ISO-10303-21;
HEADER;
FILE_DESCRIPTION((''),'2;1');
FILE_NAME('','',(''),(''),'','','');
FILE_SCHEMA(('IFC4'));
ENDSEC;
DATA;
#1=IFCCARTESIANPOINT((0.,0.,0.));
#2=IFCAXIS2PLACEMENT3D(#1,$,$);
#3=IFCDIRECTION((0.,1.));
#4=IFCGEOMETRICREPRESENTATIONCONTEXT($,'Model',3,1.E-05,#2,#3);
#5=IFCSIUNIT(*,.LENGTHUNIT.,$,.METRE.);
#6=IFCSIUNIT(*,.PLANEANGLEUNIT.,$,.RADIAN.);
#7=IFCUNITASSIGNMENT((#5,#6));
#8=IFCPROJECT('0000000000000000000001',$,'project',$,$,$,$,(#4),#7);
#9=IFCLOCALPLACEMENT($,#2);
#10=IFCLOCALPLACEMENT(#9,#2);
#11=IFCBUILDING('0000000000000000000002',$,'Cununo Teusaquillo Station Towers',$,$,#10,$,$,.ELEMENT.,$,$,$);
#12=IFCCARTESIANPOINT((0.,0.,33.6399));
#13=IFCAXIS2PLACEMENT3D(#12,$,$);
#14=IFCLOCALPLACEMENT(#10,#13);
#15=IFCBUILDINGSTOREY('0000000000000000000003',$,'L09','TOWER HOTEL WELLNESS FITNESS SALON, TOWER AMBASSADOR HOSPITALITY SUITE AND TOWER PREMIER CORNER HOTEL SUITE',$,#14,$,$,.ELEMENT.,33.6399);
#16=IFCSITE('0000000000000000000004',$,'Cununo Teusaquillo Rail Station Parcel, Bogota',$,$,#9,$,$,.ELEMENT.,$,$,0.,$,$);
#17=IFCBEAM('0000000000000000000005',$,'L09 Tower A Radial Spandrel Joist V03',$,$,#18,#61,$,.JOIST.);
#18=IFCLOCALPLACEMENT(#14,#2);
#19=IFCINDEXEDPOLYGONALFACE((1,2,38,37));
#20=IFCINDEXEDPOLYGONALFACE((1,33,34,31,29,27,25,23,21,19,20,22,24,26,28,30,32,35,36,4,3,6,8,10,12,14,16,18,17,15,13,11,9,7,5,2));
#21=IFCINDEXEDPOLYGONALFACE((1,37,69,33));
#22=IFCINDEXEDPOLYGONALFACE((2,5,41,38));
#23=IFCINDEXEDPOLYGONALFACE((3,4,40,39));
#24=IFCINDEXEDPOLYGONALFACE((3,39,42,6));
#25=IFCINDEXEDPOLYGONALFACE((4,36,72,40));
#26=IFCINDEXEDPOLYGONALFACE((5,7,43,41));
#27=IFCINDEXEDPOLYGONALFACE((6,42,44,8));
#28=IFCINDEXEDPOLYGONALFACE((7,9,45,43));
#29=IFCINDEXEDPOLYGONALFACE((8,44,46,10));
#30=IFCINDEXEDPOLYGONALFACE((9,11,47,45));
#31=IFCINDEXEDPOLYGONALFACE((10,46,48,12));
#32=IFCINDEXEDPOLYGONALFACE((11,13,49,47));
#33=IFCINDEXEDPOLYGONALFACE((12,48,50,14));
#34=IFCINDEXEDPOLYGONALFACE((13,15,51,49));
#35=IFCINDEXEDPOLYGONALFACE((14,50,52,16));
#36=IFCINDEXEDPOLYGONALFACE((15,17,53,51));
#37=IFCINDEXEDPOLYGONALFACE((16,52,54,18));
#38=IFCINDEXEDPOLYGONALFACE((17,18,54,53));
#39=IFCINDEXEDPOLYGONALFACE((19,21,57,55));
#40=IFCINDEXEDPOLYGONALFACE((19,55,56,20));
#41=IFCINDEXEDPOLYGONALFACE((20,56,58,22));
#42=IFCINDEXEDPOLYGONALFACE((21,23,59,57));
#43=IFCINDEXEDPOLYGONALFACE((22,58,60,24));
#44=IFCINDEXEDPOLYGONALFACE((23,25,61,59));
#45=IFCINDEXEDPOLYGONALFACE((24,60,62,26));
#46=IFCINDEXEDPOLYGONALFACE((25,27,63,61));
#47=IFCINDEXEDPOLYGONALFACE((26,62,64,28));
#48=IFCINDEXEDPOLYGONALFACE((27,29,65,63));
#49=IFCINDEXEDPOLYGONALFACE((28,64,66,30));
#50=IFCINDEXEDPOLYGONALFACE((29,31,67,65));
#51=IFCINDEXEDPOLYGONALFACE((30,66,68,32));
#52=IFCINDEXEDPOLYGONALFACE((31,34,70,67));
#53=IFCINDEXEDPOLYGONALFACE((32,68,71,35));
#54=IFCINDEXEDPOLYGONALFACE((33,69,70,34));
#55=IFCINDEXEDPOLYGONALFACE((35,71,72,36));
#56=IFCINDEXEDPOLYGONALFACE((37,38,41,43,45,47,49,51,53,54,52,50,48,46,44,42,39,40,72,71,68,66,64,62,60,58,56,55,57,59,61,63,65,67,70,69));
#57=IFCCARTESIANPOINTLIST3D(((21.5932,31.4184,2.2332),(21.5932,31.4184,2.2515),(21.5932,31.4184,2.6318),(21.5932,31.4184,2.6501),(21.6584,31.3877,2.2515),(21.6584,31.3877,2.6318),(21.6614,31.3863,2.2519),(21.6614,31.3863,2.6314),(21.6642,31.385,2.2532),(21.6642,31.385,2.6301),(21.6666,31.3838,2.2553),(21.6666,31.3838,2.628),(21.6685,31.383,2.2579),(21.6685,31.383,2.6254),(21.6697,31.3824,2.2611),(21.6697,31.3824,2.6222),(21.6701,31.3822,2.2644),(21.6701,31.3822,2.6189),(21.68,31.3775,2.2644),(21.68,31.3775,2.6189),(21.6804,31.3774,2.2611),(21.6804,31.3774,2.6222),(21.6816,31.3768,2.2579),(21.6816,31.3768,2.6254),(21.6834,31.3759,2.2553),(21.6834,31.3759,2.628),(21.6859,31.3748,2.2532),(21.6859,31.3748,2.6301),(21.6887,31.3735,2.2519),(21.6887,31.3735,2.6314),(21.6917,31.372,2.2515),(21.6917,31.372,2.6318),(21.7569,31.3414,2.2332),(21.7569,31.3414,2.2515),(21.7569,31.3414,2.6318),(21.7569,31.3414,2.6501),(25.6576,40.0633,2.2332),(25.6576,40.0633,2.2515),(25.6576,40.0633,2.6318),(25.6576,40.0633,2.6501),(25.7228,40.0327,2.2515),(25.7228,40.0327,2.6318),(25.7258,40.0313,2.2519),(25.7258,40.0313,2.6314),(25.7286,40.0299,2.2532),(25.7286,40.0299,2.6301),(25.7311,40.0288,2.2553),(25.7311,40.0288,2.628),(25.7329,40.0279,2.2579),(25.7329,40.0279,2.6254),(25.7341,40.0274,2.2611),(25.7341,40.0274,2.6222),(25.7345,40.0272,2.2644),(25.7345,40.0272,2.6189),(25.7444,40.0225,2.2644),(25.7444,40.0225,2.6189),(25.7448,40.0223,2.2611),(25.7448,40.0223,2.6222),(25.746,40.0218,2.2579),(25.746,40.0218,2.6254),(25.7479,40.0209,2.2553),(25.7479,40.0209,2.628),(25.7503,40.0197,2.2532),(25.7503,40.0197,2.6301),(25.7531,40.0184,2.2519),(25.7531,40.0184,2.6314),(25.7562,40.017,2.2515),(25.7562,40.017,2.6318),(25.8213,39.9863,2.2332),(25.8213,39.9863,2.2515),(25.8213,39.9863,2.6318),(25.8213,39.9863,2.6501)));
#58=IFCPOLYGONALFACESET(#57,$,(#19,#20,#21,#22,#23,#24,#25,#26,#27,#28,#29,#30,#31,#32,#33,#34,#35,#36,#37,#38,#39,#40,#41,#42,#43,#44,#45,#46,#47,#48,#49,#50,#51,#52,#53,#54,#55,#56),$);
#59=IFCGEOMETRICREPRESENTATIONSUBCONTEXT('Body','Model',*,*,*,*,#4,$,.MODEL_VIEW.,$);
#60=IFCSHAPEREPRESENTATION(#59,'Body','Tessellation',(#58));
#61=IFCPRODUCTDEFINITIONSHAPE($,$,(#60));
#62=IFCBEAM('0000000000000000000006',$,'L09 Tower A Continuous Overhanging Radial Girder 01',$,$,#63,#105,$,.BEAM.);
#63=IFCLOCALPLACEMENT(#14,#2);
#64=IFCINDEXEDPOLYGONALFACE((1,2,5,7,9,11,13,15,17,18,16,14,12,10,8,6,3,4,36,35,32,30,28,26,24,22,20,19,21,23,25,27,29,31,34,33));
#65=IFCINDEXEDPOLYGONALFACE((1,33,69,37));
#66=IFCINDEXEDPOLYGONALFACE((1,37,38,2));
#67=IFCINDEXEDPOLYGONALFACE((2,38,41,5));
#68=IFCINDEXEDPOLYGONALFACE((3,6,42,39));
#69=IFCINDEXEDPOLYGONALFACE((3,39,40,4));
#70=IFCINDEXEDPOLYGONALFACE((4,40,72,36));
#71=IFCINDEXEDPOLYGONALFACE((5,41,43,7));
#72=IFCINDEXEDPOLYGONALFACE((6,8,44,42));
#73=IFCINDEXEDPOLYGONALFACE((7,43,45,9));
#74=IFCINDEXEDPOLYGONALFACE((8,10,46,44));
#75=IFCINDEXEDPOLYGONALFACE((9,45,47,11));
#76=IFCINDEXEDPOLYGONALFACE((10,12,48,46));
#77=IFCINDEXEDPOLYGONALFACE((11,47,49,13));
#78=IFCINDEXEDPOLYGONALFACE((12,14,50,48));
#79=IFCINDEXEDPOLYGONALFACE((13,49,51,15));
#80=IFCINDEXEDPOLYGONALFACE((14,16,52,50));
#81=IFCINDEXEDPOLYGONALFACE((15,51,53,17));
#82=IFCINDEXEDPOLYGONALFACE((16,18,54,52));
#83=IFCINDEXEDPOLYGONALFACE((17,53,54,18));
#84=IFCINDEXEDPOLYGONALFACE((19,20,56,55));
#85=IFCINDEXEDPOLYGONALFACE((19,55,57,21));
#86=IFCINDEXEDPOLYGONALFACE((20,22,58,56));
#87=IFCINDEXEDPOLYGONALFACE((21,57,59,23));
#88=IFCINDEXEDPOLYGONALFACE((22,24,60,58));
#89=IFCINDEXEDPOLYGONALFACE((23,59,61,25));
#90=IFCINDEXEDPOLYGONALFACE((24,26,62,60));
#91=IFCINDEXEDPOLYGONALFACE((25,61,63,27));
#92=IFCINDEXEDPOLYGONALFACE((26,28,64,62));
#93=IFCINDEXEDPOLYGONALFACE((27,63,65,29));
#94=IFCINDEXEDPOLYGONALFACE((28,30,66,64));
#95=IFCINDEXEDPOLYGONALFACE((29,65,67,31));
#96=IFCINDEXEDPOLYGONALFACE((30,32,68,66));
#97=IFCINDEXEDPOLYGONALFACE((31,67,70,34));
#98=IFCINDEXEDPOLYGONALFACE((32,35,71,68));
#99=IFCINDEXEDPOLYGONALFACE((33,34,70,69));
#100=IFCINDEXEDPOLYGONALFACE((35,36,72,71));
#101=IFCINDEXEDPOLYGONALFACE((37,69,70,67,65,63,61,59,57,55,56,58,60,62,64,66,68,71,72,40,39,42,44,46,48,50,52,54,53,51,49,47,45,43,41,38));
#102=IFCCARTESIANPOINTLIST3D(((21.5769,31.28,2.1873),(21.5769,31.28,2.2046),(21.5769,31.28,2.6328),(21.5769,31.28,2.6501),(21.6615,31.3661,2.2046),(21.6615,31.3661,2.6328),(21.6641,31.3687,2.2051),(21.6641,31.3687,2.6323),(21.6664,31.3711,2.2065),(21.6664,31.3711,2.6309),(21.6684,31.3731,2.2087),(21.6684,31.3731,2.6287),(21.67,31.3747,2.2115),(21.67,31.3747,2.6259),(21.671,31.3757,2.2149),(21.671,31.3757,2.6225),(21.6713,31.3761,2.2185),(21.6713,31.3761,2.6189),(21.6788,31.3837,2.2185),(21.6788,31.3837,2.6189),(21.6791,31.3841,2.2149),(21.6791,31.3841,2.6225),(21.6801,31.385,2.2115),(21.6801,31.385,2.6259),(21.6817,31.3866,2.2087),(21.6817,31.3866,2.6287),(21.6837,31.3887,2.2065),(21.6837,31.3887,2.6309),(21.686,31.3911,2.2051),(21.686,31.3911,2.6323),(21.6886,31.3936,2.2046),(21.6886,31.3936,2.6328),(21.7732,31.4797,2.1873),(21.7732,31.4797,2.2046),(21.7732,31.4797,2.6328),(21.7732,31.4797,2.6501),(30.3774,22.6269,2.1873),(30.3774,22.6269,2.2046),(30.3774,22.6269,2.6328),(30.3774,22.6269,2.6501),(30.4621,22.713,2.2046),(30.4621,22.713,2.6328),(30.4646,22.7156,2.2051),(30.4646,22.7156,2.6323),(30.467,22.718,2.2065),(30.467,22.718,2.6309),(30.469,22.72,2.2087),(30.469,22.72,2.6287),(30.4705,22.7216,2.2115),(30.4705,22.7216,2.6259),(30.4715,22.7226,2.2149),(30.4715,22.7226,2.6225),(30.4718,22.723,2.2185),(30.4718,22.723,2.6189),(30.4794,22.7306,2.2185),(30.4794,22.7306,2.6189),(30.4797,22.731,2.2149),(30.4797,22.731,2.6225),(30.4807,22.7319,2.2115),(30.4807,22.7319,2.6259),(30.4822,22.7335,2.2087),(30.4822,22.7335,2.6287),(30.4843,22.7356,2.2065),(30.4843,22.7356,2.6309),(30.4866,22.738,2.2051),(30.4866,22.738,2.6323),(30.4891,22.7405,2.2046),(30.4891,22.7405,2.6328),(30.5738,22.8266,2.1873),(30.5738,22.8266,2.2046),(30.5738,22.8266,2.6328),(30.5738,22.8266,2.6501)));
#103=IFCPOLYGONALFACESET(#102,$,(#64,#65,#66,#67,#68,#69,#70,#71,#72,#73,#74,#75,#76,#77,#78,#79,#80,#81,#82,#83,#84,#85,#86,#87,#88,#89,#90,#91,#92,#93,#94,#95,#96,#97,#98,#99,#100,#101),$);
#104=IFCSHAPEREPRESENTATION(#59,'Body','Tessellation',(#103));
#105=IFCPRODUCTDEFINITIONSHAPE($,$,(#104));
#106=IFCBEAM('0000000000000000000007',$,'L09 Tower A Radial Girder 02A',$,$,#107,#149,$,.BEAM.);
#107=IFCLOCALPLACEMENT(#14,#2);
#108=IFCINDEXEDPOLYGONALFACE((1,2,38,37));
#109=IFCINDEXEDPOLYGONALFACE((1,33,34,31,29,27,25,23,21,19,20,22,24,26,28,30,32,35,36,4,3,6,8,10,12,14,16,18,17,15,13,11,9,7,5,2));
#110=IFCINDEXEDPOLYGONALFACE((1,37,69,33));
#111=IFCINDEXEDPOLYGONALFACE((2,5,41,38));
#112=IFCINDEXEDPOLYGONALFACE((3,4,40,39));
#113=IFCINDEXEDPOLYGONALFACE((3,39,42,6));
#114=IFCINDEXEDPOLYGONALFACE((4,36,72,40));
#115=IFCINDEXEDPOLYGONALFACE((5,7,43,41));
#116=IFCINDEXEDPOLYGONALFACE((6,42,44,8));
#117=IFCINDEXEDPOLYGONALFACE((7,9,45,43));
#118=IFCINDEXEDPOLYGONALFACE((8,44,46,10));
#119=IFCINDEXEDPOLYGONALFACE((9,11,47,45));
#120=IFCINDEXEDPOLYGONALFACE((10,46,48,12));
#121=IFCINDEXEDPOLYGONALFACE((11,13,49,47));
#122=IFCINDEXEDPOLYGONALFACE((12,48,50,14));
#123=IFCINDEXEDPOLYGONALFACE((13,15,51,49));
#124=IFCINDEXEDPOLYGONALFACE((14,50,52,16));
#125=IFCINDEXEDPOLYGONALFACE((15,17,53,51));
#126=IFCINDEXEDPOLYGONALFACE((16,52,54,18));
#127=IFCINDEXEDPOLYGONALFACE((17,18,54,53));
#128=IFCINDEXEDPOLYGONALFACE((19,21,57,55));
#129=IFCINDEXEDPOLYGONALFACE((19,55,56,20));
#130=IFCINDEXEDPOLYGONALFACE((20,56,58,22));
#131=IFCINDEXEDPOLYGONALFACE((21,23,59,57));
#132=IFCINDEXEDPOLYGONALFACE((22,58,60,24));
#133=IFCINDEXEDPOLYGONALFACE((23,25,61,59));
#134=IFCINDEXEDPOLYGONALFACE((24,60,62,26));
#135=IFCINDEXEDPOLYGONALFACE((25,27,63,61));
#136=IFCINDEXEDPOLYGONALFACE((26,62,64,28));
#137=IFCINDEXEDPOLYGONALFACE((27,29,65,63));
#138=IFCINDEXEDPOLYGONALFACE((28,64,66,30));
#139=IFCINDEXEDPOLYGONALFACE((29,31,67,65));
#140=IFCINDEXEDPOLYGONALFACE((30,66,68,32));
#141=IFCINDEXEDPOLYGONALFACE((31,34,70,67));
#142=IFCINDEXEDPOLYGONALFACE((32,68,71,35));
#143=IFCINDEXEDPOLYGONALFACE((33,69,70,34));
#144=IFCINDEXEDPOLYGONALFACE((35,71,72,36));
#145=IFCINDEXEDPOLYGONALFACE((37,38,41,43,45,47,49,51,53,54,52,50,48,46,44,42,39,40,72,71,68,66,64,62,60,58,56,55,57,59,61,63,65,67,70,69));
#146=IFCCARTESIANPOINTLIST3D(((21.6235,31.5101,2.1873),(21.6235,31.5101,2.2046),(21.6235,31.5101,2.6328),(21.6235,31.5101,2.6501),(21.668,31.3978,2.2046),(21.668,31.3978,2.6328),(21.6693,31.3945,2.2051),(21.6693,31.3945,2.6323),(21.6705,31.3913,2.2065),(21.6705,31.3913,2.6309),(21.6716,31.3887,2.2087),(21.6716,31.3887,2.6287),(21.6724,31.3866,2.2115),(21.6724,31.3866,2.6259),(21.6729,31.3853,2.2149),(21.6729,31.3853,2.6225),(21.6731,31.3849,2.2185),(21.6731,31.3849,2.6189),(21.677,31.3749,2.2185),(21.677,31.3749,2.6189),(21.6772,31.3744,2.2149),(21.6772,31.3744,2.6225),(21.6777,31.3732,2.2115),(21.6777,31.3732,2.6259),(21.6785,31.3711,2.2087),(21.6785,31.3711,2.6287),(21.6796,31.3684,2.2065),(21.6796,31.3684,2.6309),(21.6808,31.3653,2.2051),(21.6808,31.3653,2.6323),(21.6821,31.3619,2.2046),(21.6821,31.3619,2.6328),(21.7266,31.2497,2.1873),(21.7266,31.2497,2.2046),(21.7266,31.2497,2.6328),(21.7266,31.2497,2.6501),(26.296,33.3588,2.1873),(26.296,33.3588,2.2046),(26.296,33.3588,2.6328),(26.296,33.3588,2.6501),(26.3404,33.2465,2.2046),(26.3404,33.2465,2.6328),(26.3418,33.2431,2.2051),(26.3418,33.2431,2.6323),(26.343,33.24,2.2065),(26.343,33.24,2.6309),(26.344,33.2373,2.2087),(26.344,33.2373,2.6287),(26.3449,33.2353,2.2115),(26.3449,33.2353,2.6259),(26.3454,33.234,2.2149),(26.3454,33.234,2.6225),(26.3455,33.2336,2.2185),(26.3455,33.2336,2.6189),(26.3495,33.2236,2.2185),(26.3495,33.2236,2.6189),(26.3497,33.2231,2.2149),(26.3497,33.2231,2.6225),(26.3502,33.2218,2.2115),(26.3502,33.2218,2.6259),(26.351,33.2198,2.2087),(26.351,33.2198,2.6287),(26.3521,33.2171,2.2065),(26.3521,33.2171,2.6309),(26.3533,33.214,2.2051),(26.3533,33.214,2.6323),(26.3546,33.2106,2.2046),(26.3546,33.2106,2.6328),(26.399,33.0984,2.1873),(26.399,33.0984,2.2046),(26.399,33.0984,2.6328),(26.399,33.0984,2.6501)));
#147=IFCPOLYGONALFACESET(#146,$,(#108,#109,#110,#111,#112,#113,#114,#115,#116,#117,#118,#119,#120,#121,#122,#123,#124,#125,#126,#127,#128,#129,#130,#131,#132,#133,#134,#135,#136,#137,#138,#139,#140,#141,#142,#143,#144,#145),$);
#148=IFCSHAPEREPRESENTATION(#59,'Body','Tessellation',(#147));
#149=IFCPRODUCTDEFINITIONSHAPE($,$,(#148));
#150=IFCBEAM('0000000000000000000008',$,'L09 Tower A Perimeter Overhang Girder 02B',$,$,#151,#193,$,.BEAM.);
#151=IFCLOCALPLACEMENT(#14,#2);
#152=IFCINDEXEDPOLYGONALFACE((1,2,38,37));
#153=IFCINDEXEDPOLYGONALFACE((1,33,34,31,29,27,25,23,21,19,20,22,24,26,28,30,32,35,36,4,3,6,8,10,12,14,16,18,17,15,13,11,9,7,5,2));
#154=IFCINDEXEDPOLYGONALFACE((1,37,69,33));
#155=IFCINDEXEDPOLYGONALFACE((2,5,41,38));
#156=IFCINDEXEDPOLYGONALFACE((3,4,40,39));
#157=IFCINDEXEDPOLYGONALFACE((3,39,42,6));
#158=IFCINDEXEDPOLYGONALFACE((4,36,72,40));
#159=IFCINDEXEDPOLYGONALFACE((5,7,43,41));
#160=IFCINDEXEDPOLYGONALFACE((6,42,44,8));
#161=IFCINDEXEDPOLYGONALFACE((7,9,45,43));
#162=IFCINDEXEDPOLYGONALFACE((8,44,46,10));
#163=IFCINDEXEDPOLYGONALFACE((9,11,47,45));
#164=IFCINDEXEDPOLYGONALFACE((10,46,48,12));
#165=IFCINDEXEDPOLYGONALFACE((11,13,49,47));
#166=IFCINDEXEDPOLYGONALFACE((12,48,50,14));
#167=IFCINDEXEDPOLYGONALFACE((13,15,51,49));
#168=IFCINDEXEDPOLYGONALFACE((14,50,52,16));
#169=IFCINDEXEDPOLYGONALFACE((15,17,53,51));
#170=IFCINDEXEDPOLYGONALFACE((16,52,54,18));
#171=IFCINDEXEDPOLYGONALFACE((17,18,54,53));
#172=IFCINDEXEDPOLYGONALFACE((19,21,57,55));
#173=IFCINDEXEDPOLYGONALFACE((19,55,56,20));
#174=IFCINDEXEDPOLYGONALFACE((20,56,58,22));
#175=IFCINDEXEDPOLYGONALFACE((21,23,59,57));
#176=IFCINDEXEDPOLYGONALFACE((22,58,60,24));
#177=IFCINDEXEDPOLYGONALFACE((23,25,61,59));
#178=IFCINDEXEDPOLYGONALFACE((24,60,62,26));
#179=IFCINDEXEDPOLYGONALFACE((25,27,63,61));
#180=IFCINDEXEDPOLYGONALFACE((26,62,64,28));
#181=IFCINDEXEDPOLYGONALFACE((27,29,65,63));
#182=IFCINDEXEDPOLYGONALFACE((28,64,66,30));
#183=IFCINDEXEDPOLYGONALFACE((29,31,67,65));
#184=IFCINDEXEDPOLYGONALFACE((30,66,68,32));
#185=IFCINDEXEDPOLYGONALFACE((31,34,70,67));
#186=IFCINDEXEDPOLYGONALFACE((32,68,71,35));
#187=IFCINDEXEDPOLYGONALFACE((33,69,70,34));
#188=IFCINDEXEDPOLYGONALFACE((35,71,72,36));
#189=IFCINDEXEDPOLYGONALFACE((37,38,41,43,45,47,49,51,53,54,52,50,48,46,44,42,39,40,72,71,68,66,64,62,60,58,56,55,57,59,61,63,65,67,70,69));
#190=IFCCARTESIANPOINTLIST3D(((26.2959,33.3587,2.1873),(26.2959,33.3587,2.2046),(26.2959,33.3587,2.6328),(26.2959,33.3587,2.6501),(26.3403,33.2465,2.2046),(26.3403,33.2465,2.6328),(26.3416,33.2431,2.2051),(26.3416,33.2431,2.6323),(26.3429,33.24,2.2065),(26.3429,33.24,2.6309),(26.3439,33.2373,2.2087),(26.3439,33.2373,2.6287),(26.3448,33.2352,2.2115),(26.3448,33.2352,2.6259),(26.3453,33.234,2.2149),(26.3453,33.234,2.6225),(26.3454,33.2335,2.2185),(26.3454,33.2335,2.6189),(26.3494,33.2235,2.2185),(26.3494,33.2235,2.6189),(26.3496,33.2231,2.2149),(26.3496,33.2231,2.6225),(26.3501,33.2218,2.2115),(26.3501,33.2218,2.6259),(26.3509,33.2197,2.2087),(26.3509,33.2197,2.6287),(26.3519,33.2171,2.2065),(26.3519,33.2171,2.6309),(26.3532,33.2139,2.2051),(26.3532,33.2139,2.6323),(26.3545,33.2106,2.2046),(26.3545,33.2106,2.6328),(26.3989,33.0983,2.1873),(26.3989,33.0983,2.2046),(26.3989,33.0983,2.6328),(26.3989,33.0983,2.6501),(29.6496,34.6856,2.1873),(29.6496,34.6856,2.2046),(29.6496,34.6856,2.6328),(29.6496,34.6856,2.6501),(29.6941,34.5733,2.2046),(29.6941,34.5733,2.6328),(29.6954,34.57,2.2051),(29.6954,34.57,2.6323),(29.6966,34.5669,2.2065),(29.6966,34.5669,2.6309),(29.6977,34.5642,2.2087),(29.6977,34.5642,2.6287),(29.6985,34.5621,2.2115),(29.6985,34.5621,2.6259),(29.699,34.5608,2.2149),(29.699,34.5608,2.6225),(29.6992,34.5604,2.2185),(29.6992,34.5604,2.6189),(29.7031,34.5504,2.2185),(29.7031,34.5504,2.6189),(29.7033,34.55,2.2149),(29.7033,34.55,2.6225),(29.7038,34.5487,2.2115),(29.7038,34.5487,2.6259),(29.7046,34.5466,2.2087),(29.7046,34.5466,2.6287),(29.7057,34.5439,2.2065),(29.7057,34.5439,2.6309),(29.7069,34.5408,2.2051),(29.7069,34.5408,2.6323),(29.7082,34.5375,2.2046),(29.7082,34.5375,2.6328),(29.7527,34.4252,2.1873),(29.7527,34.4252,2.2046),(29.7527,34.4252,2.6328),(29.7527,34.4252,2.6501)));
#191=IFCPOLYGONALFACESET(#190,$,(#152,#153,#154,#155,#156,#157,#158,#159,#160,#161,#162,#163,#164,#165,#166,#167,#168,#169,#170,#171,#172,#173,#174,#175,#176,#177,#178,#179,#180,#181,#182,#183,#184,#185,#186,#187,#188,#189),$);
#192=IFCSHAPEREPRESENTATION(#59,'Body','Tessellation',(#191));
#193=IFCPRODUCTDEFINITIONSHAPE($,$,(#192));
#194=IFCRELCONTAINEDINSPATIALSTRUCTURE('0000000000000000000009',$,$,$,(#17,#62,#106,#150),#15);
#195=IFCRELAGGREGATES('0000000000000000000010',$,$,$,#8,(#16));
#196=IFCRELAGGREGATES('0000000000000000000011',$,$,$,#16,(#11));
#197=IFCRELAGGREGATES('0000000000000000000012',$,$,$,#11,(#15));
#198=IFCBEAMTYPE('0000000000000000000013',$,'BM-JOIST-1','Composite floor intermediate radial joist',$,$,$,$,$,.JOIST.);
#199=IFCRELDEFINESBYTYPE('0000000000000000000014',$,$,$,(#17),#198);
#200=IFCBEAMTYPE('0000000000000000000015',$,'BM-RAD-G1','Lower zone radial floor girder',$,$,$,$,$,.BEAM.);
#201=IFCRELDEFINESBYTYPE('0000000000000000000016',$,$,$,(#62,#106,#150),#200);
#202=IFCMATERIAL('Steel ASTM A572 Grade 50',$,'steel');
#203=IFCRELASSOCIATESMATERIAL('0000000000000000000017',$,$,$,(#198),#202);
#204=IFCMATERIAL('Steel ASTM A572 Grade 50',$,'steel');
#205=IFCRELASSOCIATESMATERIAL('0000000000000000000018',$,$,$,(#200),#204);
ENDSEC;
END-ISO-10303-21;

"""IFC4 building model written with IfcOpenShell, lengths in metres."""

from ifc_helpers import new_model, si_unit, direction, frame, origin, origin_2d, place, context, subcontext, project, spatial, i_section, extrude, material, material_profile, profile_set, type_object, element, save


model = new_model("IFC4")

# Units and contexts
model_context = context("Model", 3, precision=1e-05, world=origin(), true_north=direction((0.0, 1.0)))
body_context = subcontext(model_context, "Body", "Model", "MODEL_VIEW")
ifc_project = project(units=[si_unit("LENGTHUNIT", "METRE"), si_unit("PLANEANGLEUNIT", "RADIAN")], contexts=[model_context])

# Site, building, storey
site_placement = place(None, origin())
site = spatial("IfcSite", under=ifc_project, at=site_placement, Name="Cununo Teusaquillo Rail Station Parcel, Bogota", CompositionType="ELEMENT", RefElevation=0.0)
building_placement = place(site_placement, origin())
building = spatial("IfcBuilding", under=site, at=building_placement, Name="Cununo Teusaquillo Station Towers", CompositionType="ELEMENT")
storey_placement = place(building_placement, frame((0.0, 0.0, 33.6399)))
storey = spatial("IfcBuildingStorey", under=building, at=storey_placement, Name="L09", Description="TOWER HOTEL WELLNESS FITNESS SALON, TOWER AMBASSADOR HOSPITALITY SUITE AND TOWER PREMIER CORNER HOTEL SUITE", CompositionType="ELEMENT", Elevation=33.6399)

# Beams
ifc_material_1 = material(Name="Steel ASTM A572 Grade 50", Category="steel")
ifc_material_profile_1 = material_profile(ifc_material_1, i_section(OverallWidth=0.1809, OverallDepth=0.417, WebThickness=0.011, FlangeThickness=0.0183, FilletRadius=0.0129, at=origin_2d()), Name="W16X57")
ifc_profile_set_1 = profile_set([ifc_material_profile_1], Name="Steel ASTM A572 Grade 50")
beam_type_1 = type_object("IfcBeamType", Name="BM-JOIST-1", Description="Composite floor intermediate radial joist", PredefinedType="JOIST", material=ifc_profile_set_1)
beam_1_placement = place(storey_placement, frame((21.675, 31.3799, 2.4417), z_axis=(0.425472, 0.904972, 0.0), x_axis=(-0.904972, 0.425472, 0.0)))
element("IfcBeam", 1, at=beam_1_placement, inside=storey, type_object=beam_type_1, Name="L09 Tower A Radial Spandrel Joist V03", PredefinedType="JOIST", context=body_context, shape_type="SweptSolid", body=[
    extrude(i_section(OverallWidth=0.1809, OverallDepth=0.417, WebThickness=0.011, FlangeThickness=0.0183, FilletRadius=0.0129, at=origin_2d()), origin(), (0.0, 0.0, 1.0), 9.5527),
])
ifc_material_2 = material(Name="Steel ASTM A572 Grade 50", Category="steel")
ifc_material_profile_2 = material_profile(ifc_material_2, i_section(OverallWidth=0.28, OverallDepth=0.4629, WebThickness=0.0107, FlangeThickness=0.0173, FilletRadius=0.0139, at=origin_2d()), Name="W18X76")
ifc_profile_set_2 = profile_set([ifc_material_profile_2], Name="Steel ASTM A572 Grade 50")
beam_type_2 = type_object("IfcBeamType", Name="BM-RAD-G1", Description="Lower zone radial floor girder", PredefinedType="BEAM", material=ifc_profile_set_2)
beam_2_placement = place(storey_placement, frame((21.675, 31.3799, 2.4187), z_axis=(0.713055, -0.701108, 0.0), x_axis=(0.701108, 0.713055, 0.0)))
element("IfcBeam", 2, at=beam_2_placement, inside=storey, type_object=beam_type_2, Name="L09 Tower A Continuous Overhanging Radial Girder 01", PredefinedType="BEAM", context=body_context, shape_type="SweptSolid", body=[
    extrude(i_section(OverallWidth=0.28, OverallDepth=0.4629, WebThickness=0.0107, FlangeThickness=0.0173, FilletRadius=0.0139, at=origin_2d()), origin(), (0.0, 0.0, 1.0), 12.342),
])
beam_3_placement = place(storey_placement, frame((21.675, 31.3799, 2.4187), z_axis=(0.929864, 0.367903, 0.0), x_axis=(-0.367903, 0.929864, 0.0)))
element("IfcBeam", 3, at=beam_3_placement, inside=storey, type_object=beam_type_2, Name="L09 Tower A Radial Girder 02A", PredefinedType="BEAM", context=body_context, shape_type="SweptSolid", body=[
    extrude(i_section(OverallWidth=0.28, OverallDepth=0.4629, WebThickness=0.0107, FlangeThickness=0.0173, FilletRadius=0.0139, at=origin_2d()), origin(), (0.0, 0.0, 1.0), 5.0249),
])
beam_4_placement = place(storey_placement, frame((26.3474, 33.2285, 2.4187), z_axis=(0.929866, 0.367898, 0.0), x_axis=(-0.367898, 0.929866, 0.0)))
element("IfcBeam", 4, at=beam_4_placement, inside=storey, type_object=beam_type_2, Name="L09 Tower A Perimeter Overhang Girder 02B", PredefinedType="BEAM", context=body_context, shape_type="SweptSolid", body=[
    extrude(i_section(OverallWidth=0.28, OverallDepth=0.4629, WebThickness=0.0107, FlangeThickness=0.0173, FilletRadius=0.0139, at=origin_2d()), origin(), (0.0, 0.0, 1.0), 3.6067),
])

save(model, "model.ifc")
